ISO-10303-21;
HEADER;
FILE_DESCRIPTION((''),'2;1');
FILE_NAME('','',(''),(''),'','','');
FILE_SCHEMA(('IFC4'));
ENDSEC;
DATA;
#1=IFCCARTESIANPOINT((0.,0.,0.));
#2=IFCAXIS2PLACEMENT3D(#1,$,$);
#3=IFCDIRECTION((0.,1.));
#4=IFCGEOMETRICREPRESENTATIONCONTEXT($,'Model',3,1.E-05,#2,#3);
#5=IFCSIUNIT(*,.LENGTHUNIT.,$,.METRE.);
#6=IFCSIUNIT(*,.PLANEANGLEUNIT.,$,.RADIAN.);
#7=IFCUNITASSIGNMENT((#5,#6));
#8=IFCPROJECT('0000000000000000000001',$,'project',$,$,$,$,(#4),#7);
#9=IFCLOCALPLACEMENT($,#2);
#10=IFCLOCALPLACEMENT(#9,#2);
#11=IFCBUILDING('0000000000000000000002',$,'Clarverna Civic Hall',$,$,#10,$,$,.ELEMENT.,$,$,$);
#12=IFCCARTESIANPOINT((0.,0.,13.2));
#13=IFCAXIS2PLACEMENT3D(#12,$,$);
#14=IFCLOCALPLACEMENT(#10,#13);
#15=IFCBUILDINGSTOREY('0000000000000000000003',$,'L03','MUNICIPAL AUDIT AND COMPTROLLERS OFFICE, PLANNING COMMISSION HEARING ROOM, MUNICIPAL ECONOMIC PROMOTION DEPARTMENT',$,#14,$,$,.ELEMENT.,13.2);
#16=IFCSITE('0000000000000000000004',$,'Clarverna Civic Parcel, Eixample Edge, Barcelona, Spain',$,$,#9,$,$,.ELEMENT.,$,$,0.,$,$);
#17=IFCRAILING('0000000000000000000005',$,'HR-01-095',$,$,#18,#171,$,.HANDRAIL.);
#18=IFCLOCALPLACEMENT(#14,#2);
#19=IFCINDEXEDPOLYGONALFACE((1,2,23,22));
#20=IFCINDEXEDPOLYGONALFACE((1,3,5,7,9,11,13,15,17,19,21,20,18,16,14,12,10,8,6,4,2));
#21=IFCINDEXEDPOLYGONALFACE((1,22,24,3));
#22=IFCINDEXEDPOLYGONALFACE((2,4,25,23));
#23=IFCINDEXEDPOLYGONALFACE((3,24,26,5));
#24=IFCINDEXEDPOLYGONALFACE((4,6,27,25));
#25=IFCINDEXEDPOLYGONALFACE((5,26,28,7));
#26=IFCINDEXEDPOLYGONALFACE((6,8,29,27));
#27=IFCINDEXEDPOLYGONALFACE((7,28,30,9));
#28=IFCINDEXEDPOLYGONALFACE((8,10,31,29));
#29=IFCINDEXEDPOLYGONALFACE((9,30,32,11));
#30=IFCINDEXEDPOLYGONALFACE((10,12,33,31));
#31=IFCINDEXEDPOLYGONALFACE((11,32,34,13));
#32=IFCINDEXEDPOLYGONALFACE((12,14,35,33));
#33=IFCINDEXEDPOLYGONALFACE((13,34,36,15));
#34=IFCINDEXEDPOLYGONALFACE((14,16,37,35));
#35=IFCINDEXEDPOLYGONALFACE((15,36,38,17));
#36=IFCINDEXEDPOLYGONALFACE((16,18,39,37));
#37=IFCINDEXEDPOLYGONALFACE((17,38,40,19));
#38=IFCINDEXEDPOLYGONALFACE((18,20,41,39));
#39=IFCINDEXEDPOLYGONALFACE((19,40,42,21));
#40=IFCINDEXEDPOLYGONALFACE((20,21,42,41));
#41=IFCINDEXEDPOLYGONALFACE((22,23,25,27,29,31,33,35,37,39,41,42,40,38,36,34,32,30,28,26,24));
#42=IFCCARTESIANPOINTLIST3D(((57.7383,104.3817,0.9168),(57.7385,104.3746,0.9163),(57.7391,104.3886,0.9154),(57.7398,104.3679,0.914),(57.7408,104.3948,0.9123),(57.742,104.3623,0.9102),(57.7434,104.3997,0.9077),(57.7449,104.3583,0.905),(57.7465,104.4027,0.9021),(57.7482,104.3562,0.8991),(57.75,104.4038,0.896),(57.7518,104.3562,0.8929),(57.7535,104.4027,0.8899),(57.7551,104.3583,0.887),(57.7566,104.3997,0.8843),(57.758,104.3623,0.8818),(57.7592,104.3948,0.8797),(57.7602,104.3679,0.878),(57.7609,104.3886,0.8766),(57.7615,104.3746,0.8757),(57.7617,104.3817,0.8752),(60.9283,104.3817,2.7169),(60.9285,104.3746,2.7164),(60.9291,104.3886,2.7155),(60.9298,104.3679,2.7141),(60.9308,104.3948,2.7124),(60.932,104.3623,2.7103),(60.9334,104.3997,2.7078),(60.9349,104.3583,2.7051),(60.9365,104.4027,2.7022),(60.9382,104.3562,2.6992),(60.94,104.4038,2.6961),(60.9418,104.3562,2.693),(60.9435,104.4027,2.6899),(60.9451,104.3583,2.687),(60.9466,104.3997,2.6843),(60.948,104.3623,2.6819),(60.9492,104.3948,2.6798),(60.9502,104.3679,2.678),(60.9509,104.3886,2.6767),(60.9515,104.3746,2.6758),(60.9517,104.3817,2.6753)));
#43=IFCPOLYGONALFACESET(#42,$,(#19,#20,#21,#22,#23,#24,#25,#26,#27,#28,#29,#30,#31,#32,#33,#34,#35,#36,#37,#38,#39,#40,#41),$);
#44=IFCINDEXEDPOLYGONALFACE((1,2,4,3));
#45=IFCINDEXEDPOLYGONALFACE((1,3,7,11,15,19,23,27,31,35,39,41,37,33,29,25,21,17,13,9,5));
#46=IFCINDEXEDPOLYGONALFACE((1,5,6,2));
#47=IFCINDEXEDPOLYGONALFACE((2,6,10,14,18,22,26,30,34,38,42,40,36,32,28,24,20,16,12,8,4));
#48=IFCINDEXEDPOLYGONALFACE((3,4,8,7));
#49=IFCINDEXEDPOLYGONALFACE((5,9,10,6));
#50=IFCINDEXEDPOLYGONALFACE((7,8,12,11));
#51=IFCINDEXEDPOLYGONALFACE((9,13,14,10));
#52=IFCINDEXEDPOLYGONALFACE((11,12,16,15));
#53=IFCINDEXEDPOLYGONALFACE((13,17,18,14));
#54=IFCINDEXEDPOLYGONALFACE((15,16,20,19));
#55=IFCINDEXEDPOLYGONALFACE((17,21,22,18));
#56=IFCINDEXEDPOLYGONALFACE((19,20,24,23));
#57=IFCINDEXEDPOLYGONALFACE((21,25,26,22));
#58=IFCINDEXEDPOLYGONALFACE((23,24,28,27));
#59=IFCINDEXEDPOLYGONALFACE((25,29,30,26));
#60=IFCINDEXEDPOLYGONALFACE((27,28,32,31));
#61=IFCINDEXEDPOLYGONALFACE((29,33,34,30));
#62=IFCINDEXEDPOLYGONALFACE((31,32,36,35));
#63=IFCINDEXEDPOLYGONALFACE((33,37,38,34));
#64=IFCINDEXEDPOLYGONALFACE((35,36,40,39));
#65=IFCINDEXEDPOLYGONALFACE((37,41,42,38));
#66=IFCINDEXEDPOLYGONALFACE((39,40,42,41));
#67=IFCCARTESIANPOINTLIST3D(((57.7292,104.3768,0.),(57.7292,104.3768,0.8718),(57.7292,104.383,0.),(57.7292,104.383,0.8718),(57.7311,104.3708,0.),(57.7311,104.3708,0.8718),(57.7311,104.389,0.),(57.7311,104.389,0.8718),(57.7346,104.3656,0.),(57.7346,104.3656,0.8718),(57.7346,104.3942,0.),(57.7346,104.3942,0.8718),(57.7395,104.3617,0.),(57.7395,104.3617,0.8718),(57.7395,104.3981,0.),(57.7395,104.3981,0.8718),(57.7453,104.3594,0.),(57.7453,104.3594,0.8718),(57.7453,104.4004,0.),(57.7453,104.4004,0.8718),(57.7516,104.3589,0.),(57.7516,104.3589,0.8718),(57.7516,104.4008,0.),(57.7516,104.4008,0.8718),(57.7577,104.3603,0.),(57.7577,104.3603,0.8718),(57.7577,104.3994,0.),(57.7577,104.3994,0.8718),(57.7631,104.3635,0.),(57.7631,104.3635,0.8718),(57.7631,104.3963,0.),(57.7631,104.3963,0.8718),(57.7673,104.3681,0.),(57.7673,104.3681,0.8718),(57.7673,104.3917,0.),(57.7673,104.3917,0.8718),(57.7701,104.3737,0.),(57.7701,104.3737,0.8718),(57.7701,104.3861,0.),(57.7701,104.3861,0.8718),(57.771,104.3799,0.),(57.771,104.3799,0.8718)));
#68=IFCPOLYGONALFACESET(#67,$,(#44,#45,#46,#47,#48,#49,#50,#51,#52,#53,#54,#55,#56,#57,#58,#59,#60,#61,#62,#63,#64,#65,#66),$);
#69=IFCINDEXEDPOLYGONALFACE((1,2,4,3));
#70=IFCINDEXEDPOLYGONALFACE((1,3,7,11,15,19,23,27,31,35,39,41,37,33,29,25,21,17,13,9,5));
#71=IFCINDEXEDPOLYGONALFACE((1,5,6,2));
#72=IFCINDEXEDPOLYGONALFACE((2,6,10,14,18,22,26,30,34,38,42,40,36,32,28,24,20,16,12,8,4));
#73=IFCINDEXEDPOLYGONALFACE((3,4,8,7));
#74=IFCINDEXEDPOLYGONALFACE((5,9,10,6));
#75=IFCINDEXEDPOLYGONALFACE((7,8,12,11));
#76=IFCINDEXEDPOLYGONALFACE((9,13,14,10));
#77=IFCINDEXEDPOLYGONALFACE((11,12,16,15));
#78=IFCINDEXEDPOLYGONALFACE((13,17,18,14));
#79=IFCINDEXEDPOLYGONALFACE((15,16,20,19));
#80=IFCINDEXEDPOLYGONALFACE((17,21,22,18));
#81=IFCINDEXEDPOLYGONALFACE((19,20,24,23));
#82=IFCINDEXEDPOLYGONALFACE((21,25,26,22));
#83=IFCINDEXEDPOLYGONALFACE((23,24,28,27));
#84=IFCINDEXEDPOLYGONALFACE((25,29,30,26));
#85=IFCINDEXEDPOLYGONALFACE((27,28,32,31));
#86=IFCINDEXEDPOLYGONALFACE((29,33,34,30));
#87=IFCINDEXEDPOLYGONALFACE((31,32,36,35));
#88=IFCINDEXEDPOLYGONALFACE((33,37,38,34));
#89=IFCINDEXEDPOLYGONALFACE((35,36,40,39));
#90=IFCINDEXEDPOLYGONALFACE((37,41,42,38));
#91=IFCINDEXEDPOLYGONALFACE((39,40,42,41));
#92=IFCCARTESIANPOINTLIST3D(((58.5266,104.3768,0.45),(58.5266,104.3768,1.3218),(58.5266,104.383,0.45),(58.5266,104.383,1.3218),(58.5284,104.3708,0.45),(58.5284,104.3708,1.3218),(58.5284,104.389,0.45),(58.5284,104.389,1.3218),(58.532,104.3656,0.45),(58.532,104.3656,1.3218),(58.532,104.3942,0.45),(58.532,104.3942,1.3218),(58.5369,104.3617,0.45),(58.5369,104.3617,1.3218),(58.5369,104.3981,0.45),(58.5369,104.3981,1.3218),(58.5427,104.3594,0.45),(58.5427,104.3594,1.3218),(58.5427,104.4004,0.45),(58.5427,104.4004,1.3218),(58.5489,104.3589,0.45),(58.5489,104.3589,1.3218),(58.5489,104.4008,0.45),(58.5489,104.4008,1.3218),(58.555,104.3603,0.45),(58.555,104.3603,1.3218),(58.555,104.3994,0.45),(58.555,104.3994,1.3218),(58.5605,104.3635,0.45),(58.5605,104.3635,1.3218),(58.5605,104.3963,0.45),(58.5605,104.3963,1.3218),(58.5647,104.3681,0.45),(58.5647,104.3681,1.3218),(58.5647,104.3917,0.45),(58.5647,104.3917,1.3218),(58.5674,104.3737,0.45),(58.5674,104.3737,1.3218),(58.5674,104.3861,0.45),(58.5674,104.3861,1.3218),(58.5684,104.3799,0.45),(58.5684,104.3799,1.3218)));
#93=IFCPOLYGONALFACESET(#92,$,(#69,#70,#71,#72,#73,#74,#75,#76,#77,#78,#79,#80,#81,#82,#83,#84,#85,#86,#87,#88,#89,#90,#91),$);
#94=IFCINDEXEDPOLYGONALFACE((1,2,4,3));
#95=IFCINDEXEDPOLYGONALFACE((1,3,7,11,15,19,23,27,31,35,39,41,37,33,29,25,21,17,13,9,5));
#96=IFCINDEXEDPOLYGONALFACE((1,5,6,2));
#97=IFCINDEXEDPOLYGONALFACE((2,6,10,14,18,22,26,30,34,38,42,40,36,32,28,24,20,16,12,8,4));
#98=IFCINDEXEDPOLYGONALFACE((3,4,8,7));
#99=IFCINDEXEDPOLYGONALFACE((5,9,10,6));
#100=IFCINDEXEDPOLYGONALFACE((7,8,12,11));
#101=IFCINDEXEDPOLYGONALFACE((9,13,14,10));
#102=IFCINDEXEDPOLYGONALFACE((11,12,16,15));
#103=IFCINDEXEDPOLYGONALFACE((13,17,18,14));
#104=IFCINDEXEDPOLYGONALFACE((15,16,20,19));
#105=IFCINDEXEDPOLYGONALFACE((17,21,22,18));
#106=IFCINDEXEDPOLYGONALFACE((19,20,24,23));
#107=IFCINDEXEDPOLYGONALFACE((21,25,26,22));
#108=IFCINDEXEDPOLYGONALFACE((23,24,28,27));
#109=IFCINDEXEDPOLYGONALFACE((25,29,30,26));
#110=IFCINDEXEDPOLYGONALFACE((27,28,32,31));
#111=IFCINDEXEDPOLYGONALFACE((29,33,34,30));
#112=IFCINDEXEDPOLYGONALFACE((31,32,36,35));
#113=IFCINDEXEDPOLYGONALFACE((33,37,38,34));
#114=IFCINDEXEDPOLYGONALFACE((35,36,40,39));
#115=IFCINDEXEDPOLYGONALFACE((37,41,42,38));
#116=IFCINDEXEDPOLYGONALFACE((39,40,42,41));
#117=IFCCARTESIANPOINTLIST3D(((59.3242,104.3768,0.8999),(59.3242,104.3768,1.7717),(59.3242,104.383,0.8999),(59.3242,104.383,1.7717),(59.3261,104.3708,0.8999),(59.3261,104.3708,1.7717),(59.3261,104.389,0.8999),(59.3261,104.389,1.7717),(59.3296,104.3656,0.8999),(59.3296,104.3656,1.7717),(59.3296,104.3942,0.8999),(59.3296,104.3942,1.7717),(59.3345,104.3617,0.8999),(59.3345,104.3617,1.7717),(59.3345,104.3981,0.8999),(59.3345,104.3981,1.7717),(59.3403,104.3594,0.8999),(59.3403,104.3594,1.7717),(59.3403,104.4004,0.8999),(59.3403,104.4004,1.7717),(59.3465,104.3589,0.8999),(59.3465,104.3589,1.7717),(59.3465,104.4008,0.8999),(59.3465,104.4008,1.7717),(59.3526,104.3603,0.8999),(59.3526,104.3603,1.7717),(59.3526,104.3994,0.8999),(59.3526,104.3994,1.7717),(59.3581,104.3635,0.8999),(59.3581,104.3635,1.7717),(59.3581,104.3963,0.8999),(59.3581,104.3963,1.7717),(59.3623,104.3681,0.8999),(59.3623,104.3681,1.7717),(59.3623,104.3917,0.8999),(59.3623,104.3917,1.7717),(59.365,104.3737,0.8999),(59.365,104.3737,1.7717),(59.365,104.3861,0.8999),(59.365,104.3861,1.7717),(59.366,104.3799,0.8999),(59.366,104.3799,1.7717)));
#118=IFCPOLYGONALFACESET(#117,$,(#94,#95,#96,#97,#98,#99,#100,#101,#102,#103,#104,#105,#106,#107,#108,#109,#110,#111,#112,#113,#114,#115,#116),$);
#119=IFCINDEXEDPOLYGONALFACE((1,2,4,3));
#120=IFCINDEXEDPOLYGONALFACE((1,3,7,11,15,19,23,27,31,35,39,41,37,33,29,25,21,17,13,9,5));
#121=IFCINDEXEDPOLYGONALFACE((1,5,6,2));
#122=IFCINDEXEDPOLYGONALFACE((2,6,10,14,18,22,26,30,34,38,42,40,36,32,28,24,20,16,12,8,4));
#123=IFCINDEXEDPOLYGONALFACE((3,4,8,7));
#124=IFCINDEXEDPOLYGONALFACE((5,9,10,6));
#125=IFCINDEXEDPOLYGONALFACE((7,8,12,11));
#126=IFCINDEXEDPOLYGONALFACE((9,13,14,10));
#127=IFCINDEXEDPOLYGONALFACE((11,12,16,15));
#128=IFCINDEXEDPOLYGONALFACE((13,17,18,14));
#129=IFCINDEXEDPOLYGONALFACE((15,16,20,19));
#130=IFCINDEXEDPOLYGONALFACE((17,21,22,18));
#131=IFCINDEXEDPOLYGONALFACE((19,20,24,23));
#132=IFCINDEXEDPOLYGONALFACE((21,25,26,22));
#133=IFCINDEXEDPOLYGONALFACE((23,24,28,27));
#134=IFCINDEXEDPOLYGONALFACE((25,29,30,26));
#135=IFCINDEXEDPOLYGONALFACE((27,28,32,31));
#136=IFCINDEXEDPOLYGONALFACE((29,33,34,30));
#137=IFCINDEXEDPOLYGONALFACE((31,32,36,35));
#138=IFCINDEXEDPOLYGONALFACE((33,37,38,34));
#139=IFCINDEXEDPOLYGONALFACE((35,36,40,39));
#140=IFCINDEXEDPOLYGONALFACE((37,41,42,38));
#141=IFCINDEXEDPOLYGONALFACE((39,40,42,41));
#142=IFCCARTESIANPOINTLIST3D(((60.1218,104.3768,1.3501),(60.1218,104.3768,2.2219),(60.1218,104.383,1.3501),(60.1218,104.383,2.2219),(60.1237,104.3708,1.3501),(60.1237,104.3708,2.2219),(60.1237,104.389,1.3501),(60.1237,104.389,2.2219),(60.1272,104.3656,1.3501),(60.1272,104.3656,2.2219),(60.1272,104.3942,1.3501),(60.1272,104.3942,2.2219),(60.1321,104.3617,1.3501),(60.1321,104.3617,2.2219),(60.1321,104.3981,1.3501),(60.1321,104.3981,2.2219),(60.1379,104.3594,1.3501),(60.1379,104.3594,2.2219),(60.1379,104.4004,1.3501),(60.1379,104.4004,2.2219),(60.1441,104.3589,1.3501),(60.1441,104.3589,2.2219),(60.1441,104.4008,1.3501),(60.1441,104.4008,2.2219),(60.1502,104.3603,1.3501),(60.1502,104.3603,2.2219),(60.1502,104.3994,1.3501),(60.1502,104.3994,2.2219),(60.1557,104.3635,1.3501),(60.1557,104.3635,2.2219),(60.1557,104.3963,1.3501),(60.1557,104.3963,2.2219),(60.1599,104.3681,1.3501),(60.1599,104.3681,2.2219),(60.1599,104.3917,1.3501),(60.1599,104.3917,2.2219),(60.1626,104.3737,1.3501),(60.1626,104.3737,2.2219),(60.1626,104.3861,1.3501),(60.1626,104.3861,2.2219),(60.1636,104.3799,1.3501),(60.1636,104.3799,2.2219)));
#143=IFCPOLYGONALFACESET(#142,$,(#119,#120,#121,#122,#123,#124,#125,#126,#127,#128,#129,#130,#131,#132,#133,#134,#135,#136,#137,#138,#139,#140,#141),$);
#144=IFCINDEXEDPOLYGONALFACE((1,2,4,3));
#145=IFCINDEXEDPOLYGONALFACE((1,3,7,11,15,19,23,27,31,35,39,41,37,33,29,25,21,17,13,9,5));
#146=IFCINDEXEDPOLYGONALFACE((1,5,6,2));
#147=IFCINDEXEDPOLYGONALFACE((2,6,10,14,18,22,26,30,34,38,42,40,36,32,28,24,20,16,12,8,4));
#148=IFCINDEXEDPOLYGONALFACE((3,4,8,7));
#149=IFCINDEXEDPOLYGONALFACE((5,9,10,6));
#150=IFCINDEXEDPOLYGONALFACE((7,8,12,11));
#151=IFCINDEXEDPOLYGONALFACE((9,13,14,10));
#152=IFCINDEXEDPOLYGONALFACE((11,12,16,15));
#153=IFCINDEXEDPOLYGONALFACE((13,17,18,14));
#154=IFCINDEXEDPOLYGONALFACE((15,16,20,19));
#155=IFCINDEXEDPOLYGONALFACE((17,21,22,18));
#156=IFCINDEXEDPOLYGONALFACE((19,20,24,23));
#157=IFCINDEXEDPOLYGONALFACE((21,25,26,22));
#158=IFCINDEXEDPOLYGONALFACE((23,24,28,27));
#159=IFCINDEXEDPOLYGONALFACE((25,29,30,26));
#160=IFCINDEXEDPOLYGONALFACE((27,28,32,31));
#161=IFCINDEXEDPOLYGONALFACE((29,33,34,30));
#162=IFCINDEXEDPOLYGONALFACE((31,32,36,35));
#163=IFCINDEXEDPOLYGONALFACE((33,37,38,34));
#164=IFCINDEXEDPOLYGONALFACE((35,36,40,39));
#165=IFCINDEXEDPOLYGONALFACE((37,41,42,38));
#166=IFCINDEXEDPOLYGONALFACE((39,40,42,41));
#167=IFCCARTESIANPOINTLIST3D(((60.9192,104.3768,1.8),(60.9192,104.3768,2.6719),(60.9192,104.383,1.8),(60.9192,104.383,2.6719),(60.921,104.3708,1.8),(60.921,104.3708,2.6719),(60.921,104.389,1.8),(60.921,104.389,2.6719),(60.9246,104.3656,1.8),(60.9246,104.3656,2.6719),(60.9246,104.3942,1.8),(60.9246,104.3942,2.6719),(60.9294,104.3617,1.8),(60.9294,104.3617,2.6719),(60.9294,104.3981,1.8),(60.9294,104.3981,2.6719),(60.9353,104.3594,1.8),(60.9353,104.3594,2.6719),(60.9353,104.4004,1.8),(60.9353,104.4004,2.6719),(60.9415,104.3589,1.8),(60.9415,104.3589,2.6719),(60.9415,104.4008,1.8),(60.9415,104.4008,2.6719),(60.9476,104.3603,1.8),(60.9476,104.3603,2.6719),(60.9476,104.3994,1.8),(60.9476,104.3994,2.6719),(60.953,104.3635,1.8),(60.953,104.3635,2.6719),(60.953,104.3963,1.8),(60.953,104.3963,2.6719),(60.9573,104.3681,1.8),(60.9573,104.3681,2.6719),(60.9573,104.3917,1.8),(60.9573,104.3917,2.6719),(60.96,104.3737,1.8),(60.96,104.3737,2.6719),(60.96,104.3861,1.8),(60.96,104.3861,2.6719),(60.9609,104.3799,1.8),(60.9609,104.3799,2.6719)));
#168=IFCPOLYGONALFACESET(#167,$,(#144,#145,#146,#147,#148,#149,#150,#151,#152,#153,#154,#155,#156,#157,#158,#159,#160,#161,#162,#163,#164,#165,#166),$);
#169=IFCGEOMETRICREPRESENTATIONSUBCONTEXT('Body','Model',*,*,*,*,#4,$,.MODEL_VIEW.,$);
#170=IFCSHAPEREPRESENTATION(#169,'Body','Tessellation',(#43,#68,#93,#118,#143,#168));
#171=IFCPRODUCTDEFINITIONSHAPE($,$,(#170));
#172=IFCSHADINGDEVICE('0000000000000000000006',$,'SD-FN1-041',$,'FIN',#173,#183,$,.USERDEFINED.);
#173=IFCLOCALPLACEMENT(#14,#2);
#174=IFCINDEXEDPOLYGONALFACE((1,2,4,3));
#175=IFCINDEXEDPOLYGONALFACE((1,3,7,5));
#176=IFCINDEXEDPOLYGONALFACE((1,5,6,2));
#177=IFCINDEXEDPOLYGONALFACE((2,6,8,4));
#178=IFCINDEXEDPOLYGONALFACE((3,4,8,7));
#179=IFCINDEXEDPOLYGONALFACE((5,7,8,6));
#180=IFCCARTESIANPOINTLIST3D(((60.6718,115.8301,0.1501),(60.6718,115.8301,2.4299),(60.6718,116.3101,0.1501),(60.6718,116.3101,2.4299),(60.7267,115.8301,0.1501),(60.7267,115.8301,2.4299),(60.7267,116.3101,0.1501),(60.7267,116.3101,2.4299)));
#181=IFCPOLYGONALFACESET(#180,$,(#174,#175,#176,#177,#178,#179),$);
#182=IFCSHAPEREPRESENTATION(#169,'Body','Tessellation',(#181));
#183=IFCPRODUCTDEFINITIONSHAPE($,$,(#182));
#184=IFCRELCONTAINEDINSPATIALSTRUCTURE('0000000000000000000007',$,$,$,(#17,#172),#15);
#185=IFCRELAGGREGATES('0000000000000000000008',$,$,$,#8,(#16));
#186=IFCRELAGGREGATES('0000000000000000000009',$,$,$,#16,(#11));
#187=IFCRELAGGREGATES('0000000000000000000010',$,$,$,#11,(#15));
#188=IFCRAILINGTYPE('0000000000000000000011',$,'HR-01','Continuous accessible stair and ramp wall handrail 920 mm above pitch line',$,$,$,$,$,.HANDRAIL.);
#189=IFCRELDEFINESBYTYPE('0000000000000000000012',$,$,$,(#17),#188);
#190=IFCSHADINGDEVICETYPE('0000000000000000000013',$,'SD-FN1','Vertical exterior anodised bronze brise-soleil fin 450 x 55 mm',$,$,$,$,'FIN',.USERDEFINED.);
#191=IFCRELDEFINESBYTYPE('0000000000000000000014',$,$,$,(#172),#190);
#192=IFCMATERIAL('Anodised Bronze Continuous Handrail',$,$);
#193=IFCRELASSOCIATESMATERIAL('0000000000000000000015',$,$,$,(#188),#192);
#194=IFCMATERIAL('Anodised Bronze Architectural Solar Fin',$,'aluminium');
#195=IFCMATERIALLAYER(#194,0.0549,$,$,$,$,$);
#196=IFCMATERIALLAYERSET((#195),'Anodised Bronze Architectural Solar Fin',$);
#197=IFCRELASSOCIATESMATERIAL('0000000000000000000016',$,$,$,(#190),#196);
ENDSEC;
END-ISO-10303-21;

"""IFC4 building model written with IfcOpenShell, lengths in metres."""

from ifc_helpers import new_model, si_unit, direction, frame, frame_2d, origin, origin_2d, place, context, subcontext, project, spatial, rectangle, circle, extrude, material, layer, layer_set, type_object, element, save


model = new_model("IFC4")

# Units and contexts
model_context = context("Model", 3, precision=1e-05, world=origin(), true_north=direction((0.0, 1.0)))
body_context = subcontext(model_context, "Body", "Model", "MODEL_VIEW")
ifc_project = project(units=[si_unit("LENGTHUNIT", "METRE"), si_unit("PLANEANGLEUNIT", "RADIAN")], contexts=[model_context])

# Site, building, storey
site_placement = place(None, origin())
site = spatial("IfcSite", under=ifc_project, at=site_placement, Name="Clarverna Civic Parcel, Eixample Edge, Barcelona, Spain", CompositionType="ELEMENT", RefElevation=0.0)
building_placement = place(site_placement, origin())
building = spatial("IfcBuilding", under=site, at=building_placement, Name="Clarverna Civic Hall", CompositionType="ELEMENT")
storey_placement = place(building_placement, frame((0.0, 0.0, 13.2)))
storey = spatial("IfcBuildingStorey", under=building, at=storey_placement, Name="L03", Description="MUNICIPAL AUDIT AND COMPTROLLERS OFFICE, PLANNING COMMISSION HEARING ROOM, MUNICIPAL ECONOMIC PROMOTION DEPARTMENT", CompositionType="ELEMENT", Elevation=13.2)

# Railing
ifc_material_1 = material(Name="Anodised Bronze Continuous Handrail")
railing_type_1 = type_object("IfcRailingType", Name="HR-01", Description="Continuous accessible stair and ramp wall handrail 920 mm above pitch line", PredefinedType="HANDRAIL", material=ifc_material_1)
railing_1_placement = place(storey_placement, frame((57.75, 104.3799, 0.0)))
element("IfcRailing", 1, at=railing_1_placement, inside=storey, type_object=railing_type_1, Name="HR-01-095", PredefinedType="HANDRAIL", context=body_context, shape_type="SweptSolid", body=[
    extrude(circle(Radius=0.0239, at=origin_2d()), frame((0.0, 0.0, 0.896), z_axis=(0.870909, 0.0, 0.491444), x_axis=(0.0, 1.0, 0.0)), (0.0, 0.0, 1.0), 3.6628),
    extrude(circle(Radius=0.021, at=origin_2d()), origin(), (0.0, 0.0, 1.0), 0.8718),
    extrude(circle(Radius=0.021, at=origin_2d()), frame((0.7974, 0.0, 0.45)), (0.0, 0.0, 1.0), 0.8718),
    extrude(circle(Radius=0.021, at=origin_2d()), frame((1.595, 0.0, 0.8999)), (0.0, 0.0, 1.0), 0.8718),
    extrude(circle(Radius=0.021, at=origin_2d()), frame((2.3926, 0.0, 1.3501)), (0.0, 0.0, 1.0), 0.8718),
    extrude(circle(Radius=0.021, at=origin_2d()), frame((3.1899, 0.0, 1.8)), (0.0, 0.0, 1.0), 0.8718),
])

# Shading device
ifc_material_2 = material(Name="Anodised Bronze Architectural Solar Fin", Category="aluminium")
ifc_layer_1 = layer(ifc_material_2, 0.0549)
ifc_layer_set_1 = layer_set([ifc_layer_1], Name="Anodised Bronze Architectural Solar Fin")
shading_device_type = type_object("IfcShadingDeviceType", Name="SD-FN1", Description="Vertical exterior anodised bronze brise-soleil fin 450 x 55 mm", ElementType="FIN", PredefinedType="USERDEFINED", material=ifc_layer_set_1)
shading_device_placement = place(storey_placement, frame((60.6992, 115.8301, 0.1501), z_axis=(0.0, 0.0, 1.0), x_axis=(0.0, 1.0, 0.0)))
element("IfcShadingDevice", 2, at=shading_device_placement, inside=storey, type_object=shading_device_type, Name="SD-FN1-041", ObjectType="FIN", PredefinedType="USERDEFINED", context=body_context, shape_type="SweptSolid", body=[
    extrude(rectangle(XDim=0.48, YDim=0.0549, at=frame_2d((0.24, 0.0))), origin(), (0.0, 0.0, 1.0), 2.2798),
])

save(model, "model.ifc")
